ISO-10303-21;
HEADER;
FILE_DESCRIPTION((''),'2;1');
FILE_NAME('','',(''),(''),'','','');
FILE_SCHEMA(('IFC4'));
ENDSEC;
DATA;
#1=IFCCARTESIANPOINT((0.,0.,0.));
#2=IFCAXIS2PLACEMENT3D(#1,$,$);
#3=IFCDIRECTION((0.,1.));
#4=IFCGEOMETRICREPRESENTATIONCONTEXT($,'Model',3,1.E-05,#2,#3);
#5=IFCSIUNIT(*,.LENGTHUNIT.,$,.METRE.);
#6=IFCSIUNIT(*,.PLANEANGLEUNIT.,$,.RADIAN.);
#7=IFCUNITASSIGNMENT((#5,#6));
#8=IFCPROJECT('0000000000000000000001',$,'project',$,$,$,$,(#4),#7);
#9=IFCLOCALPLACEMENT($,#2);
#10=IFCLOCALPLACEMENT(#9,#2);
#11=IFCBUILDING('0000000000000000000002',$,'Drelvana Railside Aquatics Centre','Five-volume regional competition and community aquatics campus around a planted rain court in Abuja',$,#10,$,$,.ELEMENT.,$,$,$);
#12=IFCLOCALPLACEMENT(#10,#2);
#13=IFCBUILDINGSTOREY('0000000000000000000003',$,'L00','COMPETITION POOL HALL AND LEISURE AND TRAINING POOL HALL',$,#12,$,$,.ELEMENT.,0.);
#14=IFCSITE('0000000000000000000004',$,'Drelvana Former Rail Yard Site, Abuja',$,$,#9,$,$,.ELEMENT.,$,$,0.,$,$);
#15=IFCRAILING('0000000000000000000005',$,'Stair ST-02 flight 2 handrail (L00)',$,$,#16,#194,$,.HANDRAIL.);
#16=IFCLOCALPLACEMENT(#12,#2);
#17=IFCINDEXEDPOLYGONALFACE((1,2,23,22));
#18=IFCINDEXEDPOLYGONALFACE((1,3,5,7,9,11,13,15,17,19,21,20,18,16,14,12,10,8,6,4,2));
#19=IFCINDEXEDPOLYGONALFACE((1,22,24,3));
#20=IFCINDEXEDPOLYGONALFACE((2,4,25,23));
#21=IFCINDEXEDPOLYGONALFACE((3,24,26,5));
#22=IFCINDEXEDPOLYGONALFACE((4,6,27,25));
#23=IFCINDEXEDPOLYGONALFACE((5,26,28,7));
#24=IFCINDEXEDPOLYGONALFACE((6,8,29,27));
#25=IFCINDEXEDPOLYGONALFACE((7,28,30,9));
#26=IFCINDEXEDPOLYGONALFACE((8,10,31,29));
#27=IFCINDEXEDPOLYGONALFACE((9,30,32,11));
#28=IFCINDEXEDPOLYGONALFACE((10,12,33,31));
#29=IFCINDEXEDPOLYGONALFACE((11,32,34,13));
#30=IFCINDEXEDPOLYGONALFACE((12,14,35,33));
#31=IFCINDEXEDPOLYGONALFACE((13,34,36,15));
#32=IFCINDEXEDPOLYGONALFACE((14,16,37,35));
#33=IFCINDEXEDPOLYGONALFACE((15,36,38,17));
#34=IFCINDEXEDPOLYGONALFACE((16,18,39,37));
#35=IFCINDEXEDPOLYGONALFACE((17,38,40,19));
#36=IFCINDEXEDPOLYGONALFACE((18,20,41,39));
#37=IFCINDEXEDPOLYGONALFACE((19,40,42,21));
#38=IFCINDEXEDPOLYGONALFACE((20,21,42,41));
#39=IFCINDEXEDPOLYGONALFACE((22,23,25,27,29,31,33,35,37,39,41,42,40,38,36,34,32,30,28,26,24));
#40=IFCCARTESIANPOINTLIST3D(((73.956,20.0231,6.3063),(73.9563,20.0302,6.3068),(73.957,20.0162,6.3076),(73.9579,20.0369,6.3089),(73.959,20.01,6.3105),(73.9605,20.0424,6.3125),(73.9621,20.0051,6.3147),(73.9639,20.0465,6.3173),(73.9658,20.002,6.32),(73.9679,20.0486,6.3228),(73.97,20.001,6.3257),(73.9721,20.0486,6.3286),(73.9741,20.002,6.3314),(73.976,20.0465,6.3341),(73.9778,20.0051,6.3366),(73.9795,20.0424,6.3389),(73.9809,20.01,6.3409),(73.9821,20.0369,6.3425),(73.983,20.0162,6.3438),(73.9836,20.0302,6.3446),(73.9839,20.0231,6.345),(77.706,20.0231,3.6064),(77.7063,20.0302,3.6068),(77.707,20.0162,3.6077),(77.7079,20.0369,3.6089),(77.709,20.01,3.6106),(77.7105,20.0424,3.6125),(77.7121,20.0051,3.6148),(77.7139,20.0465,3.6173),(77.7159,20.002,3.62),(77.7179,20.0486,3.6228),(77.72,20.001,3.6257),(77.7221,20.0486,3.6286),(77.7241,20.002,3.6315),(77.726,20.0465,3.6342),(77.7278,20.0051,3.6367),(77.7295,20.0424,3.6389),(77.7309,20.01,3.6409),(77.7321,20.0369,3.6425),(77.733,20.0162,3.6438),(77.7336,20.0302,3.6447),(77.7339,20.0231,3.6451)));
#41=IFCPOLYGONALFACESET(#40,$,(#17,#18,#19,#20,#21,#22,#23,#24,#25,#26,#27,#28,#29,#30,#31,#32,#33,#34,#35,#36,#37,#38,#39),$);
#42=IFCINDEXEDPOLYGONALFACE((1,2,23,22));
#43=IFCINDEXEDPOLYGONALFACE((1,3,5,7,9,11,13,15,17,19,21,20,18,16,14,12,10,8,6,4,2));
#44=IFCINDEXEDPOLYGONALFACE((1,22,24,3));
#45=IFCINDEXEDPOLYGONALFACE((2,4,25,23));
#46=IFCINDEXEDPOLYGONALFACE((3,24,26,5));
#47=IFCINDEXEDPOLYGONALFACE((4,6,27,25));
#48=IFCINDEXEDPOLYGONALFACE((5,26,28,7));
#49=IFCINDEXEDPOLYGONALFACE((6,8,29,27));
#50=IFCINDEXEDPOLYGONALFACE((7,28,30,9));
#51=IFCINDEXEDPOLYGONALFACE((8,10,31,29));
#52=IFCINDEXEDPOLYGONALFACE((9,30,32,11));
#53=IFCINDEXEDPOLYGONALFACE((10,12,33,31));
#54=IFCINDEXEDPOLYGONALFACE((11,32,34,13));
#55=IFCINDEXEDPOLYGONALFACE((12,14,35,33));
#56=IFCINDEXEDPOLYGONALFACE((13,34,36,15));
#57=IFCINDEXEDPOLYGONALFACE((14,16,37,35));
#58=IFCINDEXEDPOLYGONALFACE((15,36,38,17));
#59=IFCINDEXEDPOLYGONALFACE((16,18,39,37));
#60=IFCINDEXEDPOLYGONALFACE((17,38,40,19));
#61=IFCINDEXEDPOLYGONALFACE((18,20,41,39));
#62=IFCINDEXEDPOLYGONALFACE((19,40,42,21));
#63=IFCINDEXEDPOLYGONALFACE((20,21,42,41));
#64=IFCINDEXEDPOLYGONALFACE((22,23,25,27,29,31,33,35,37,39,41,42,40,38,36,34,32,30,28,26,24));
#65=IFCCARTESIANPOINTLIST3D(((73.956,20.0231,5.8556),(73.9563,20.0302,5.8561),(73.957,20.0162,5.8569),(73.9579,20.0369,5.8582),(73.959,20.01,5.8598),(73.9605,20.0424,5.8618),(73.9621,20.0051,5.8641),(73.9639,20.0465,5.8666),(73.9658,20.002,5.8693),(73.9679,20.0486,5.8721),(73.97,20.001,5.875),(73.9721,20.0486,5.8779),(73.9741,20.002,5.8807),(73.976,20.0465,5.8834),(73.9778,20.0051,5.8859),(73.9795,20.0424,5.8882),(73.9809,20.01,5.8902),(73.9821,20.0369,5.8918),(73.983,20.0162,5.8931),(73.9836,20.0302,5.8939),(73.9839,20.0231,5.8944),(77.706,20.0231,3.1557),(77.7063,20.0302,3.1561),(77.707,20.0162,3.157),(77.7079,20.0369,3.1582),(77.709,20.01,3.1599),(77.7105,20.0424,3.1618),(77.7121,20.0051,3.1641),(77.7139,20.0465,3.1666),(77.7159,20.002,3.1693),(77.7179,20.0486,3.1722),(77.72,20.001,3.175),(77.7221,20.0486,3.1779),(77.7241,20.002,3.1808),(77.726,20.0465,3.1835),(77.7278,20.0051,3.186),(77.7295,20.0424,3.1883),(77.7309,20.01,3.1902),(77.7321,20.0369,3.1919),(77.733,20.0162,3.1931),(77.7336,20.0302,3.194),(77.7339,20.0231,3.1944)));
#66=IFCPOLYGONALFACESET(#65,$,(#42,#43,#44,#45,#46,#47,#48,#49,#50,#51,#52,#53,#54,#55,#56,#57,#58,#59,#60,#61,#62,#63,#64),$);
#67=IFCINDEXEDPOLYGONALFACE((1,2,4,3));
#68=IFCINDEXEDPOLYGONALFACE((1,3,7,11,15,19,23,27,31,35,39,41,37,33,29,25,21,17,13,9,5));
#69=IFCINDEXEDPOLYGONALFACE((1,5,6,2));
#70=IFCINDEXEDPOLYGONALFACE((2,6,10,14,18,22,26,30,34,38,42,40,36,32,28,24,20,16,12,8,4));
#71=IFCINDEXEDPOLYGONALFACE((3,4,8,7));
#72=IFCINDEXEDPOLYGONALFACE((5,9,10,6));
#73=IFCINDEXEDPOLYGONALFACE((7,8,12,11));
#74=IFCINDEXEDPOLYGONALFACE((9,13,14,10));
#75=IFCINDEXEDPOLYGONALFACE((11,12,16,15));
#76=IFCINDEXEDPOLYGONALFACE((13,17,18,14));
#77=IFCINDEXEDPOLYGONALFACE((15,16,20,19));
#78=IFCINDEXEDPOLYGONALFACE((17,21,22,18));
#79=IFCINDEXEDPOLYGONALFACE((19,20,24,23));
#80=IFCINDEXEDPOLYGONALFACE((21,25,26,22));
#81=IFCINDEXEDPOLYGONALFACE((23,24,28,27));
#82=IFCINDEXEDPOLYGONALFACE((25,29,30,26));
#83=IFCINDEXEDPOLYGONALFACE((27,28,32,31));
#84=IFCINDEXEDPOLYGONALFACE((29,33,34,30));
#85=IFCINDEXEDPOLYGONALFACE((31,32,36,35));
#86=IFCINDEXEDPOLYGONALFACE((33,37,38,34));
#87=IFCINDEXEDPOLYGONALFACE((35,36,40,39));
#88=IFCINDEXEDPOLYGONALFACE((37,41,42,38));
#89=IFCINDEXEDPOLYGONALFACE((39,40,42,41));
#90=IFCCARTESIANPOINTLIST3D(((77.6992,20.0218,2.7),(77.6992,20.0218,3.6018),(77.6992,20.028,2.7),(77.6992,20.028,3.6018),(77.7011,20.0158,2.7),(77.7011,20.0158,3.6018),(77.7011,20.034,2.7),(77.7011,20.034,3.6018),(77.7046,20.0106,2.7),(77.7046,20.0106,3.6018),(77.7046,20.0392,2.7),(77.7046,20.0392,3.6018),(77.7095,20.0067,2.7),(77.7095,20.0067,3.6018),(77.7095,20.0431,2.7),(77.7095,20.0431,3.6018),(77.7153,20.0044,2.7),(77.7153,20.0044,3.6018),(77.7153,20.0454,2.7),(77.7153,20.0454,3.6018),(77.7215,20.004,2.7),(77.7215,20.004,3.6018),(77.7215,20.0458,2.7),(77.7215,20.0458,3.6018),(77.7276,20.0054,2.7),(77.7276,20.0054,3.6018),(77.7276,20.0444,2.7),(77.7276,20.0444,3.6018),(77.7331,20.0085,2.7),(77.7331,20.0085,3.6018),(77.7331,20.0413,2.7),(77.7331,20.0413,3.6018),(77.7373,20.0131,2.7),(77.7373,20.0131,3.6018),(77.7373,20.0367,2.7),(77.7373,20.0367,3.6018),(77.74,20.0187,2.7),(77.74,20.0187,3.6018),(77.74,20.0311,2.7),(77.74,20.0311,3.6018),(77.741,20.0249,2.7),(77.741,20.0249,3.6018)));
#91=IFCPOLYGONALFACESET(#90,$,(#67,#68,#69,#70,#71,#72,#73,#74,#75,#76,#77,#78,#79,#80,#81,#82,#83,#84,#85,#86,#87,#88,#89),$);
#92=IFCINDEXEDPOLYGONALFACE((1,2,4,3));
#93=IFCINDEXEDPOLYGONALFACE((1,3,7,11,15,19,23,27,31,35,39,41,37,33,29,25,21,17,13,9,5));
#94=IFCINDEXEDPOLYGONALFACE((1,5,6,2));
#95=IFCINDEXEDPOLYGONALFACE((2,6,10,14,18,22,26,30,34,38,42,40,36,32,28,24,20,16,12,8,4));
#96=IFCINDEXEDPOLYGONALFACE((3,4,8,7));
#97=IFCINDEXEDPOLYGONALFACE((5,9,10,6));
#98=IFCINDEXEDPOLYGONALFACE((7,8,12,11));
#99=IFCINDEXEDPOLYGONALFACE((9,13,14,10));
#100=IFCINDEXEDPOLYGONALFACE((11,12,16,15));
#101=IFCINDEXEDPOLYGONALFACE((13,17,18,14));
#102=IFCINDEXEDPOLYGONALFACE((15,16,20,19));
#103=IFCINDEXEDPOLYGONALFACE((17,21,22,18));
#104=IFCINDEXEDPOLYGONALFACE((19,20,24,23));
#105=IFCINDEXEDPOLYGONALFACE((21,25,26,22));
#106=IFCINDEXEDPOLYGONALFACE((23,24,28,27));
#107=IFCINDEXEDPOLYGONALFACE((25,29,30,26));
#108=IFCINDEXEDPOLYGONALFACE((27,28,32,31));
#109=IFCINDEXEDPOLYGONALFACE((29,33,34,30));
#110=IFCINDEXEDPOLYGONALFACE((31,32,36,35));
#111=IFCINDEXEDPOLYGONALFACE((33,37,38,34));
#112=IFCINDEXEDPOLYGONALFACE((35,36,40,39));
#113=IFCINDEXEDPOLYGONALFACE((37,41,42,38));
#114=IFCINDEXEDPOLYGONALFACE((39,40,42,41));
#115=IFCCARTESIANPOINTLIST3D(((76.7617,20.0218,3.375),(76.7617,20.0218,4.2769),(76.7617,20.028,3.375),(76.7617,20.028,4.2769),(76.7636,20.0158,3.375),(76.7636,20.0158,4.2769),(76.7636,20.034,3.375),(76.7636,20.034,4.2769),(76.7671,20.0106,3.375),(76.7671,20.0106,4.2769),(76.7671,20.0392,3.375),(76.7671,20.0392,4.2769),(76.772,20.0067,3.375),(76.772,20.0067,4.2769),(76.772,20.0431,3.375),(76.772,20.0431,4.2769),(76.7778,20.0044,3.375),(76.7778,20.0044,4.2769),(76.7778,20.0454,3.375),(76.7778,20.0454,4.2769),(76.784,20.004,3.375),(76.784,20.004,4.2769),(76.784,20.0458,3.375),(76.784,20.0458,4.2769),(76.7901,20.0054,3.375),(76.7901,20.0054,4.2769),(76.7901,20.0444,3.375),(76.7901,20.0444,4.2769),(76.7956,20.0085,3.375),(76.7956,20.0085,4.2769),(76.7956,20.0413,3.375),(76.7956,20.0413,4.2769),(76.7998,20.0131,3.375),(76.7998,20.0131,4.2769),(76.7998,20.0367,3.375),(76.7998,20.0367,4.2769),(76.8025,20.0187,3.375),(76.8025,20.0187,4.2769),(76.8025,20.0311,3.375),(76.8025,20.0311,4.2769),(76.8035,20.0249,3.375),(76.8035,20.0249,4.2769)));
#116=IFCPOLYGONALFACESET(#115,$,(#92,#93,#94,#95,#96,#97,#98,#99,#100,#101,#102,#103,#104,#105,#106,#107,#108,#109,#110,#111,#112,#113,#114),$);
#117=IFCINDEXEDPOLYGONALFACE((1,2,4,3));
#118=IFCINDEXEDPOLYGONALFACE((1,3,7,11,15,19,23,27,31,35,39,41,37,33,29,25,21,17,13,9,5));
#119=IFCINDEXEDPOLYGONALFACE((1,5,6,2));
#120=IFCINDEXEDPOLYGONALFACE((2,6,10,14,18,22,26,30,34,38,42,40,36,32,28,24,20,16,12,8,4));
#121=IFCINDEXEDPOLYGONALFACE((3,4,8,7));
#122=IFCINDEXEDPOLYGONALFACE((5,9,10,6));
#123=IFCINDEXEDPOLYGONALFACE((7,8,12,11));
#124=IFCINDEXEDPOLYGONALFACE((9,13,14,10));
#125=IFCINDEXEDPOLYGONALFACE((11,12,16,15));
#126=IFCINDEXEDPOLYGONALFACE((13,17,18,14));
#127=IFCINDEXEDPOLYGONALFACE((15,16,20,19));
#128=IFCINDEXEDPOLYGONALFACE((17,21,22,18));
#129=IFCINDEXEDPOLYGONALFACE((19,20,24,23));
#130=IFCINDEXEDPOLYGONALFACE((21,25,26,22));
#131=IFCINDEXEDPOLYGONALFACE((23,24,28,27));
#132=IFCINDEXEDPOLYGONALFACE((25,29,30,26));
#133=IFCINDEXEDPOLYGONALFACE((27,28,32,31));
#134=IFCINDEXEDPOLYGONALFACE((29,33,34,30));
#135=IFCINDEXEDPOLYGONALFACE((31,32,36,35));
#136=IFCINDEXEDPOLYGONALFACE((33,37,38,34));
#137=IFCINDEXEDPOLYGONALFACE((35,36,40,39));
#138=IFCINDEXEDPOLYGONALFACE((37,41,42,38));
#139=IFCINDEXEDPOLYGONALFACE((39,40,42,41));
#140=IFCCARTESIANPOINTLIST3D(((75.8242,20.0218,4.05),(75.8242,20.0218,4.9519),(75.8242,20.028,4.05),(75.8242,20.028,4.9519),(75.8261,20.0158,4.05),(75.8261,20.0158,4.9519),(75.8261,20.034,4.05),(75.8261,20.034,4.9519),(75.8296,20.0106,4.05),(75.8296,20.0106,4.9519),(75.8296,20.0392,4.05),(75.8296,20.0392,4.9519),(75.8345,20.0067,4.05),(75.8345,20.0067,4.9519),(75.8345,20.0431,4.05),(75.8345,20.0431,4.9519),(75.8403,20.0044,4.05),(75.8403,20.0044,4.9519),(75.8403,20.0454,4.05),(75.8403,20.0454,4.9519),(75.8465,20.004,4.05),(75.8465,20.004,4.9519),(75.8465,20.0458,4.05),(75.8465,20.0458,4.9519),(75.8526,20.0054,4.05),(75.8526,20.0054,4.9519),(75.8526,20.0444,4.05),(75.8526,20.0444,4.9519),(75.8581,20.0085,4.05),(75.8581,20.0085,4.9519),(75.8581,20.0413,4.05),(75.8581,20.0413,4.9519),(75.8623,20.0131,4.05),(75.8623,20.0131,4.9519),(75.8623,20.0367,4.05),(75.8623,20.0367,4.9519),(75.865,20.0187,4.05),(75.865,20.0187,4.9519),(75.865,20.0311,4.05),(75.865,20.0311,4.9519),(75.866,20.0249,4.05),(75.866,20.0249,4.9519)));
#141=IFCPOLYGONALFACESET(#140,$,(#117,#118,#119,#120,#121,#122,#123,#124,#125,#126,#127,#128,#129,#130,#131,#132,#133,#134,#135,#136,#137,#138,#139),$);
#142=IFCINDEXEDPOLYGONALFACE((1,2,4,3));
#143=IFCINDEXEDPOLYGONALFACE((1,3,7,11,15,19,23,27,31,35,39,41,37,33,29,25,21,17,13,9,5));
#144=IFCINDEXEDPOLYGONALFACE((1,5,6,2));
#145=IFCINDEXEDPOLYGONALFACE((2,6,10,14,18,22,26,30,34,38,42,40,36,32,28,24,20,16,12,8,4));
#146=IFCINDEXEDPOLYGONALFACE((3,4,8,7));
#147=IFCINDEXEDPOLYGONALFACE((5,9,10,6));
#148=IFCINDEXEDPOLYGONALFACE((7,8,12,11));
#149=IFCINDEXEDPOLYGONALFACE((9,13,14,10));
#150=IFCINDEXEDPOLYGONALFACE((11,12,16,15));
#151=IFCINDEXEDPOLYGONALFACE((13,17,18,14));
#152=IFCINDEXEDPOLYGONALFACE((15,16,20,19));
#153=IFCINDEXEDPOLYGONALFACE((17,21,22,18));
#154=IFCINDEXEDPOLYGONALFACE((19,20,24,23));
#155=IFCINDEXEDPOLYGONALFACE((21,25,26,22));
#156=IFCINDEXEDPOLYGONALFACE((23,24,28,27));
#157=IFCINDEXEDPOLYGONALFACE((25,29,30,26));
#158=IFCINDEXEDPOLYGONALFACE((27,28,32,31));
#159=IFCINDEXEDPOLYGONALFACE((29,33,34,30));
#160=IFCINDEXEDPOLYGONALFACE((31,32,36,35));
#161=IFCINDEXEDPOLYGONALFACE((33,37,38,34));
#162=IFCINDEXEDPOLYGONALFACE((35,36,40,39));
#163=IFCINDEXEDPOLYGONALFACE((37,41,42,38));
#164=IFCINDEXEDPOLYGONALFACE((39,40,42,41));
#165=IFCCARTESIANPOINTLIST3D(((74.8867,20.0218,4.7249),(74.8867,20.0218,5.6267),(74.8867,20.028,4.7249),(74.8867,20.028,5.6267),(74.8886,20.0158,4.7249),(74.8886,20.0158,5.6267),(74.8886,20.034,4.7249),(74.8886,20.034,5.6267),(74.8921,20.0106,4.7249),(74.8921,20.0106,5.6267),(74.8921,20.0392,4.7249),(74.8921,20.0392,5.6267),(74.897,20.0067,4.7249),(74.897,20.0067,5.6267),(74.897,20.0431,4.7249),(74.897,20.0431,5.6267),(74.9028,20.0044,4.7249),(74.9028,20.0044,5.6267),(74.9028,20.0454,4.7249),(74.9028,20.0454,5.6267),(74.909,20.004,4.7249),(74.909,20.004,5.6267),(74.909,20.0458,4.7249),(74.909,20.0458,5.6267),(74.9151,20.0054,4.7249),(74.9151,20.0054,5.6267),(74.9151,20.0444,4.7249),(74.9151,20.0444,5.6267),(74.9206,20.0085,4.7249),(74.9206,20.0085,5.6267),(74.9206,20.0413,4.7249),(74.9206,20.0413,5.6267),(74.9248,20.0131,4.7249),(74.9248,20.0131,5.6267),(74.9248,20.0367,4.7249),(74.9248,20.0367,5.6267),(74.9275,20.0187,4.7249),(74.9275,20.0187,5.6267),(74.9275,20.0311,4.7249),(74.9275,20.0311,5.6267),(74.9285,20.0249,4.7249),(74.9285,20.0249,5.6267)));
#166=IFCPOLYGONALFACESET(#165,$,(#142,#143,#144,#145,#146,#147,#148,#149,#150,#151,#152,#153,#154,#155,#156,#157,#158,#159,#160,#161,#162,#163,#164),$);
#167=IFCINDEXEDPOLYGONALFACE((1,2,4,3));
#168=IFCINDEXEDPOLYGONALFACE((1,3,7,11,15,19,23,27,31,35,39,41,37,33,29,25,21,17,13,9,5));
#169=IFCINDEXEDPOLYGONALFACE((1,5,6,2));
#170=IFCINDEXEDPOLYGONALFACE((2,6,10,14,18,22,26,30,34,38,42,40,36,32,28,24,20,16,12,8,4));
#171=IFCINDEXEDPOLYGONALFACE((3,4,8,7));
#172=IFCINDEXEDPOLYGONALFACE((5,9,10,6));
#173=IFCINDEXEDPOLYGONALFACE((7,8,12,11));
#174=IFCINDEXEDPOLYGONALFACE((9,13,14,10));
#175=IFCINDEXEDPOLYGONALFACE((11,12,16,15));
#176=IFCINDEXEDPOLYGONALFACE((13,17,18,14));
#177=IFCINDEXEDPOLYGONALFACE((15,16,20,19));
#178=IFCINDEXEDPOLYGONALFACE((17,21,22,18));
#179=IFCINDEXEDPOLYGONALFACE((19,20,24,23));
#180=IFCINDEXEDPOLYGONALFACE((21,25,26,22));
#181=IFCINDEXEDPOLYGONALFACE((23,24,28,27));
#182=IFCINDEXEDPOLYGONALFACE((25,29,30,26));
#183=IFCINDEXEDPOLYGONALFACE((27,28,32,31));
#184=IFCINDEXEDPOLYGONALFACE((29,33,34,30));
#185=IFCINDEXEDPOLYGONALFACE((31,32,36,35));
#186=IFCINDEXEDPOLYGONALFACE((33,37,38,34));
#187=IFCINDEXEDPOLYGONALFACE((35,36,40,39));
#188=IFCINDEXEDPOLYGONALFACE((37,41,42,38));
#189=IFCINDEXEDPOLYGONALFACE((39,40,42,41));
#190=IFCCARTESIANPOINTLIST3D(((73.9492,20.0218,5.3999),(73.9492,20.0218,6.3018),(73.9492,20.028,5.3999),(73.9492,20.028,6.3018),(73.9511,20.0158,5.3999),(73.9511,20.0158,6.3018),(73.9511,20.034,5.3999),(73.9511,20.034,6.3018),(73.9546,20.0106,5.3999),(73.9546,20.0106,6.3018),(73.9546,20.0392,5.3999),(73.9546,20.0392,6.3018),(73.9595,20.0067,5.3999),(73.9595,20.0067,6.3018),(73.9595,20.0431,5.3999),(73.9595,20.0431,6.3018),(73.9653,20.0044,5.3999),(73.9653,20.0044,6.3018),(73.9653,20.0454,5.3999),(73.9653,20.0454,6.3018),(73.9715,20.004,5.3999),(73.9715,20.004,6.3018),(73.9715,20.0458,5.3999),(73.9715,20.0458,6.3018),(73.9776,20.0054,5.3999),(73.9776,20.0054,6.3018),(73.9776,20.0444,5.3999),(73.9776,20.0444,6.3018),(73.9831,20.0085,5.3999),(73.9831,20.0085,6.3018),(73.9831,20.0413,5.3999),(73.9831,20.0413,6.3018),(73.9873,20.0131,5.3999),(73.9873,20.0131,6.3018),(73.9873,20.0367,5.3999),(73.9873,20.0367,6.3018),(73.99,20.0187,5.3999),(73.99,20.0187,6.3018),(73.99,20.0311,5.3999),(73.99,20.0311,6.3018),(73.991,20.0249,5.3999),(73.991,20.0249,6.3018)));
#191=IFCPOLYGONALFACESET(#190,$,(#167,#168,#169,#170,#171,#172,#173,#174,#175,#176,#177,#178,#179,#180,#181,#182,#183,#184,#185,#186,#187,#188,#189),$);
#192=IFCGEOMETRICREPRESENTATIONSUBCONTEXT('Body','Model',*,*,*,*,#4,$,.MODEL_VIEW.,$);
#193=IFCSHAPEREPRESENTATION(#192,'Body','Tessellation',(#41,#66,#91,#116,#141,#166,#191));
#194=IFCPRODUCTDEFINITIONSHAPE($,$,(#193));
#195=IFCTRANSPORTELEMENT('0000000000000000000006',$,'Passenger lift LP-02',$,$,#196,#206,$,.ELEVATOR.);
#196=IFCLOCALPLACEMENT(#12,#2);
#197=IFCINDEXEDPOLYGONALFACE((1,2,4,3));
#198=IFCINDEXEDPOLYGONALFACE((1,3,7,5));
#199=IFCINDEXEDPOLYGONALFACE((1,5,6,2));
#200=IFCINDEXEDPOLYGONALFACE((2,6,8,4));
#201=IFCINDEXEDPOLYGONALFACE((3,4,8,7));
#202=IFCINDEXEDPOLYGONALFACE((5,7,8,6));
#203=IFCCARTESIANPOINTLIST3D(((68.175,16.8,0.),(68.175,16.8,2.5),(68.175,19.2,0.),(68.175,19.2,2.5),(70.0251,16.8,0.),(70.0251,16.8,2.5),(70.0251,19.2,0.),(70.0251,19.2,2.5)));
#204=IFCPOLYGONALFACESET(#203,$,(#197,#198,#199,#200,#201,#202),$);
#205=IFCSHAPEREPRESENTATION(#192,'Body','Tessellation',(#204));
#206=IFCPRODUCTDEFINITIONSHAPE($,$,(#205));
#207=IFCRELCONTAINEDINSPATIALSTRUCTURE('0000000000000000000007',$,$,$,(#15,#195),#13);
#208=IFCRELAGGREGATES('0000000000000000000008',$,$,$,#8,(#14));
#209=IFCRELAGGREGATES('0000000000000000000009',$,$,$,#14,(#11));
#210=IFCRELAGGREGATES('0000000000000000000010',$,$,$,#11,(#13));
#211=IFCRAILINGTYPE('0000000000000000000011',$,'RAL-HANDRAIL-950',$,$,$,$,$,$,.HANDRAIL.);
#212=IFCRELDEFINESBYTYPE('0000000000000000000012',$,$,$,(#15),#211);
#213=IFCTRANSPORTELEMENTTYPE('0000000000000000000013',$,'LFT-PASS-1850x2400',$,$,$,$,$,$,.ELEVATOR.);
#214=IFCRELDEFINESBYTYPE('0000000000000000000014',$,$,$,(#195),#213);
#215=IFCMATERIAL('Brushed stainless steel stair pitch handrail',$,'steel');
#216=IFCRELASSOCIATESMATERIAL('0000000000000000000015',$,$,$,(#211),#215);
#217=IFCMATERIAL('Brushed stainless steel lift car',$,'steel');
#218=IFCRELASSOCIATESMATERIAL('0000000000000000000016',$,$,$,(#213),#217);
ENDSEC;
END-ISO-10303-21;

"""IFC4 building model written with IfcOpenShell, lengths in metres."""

from ifc_helpers import new_model, si_unit, direction, frame, origin, origin_2d, place, context, subcontext, project, spatial, rectangle, circle, extrude, material, type_object, element, save


model = new_model("IFC4")

# Units and contexts
model_context = context("Model", 3, precision=1e-05, world=origin(), true_north=direction((0.0, 1.0)))
body_context = subcontext(model_context, "Body", "Model", "MODEL_VIEW")
ifc_project = project(units=[si_unit("LENGTHUNIT", "METRE"), si_unit("PLANEANGLEUNIT", "RADIAN")], contexts=[model_context])

# Site, building, storey
site_placement = place(None, origin())
site = spatial("IfcSite", under=ifc_project, at=site_placement, Name="Drelvana Former Rail Yard Site, Abuja", CompositionType="ELEMENT", RefElevation=0.0)
building_placement = place(site_placement, origin())
building = spatial("IfcBuilding", under=site, at=building_placement, Name="Drelvana Railside Aquatics Centre", Description="Five-volume regional competition and community aquatics campus around a planted rain court in Abuja", CompositionType="ELEMENT")
storey_placement = place(building_placement, origin())
storey = spatial("IfcBuildingStorey", under=building, at=storey_placement, Name="L00", Description="COMPETITION POOL HALL AND LEISURE AND TRAINING POOL HALL", CompositionType="ELEMENT", Elevation=0.0)

# Railing
ifc_material_1 = material(Name="Brushed stainless steel stair pitch handrail", Category="steel")
railing_type = type_object("IfcRailingType", Name="RAL-HANDRAIL-950", PredefinedType="HANDRAIL", material=ifc_material_1)
railing_1_placement = place(storey_placement, frame((77.72, 20.0249, 2.7)))
element("IfcRailing", 1, at=railing_1_placement, inside=storey, type_object=railing_type, Name="Stair ST-02 flight 2 handrail (L00)", PredefinedType="HANDRAIL", context=body_context, shape_type="SweptSolid", body=[
    extrude(circle(Radius=0.0239, at=origin_2d()), frame((0.0, 0.0, 0.9258), z_axis=(-0.811539, 0.0, 0.584298), x_axis=(0.0, -1.0, 0.0)), (0.0, 0.0, 1.0), 4.6208),
    extrude(circle(Radius=0.0239, at=origin_2d()), frame((0.0, 0.0, 0.4751), z_axis=(-0.811539, 0.0, 0.584298), x_axis=(0.0, -1.0, 0.0)), (0.0, 0.0, 1.0), 4.6208),
    extrude(circle(Radius=0.021, at=origin_2d()), origin(), (0.0, 0.0, 1.0), 0.9019),
    extrude(circle(Radius=0.021, at=origin_2d()), frame((-0.9375, 0.0, 0.675)), (0.0, 0.0, 1.0), 0.9019),
    extrude(circle(Radius=0.021, at=origin_2d()), frame((-1.875, 0.0, 1.3501)), (0.0, 0.0, 1.0), 0.9019),
    extrude(circle(Radius=0.021, at=origin_2d()), frame((-2.8125, 0.0, 2.0249)), (0.0, 0.0, 1.0), 0.9019),
    extrude(circle(Radius=0.021, at=origin_2d()), frame((-3.75, 0.0, 2.7)), (0.0, 0.0, 1.0), 0.9019),
])

# Transport element
ifc_material_2 = material(Name="Brushed stainless steel lift car", Category="steel")
transport_element_type = type_object("IfcTransportElementType", Name="LFT-PASS-1850x2400", PredefinedType="ELEVATOR", material=ifc_material_2)
transport_element_placement = place(storey_placement, frame((69.1001, 18.0, 0.0), z_axis=(0.0, 0.0, 1.0), x_axis=(1.0, 0.0, 0.0)))
element("IfcTransportElement", 2, at=transport_element_placement, inside=storey, type_object=transport_element_type, Name="Passenger lift LP-02", PredefinedType="ELEVATOR", context=body_context, shape_type="SweptSolid", body=[
    extrude(rectangle(XDim=1.8501, YDim=2.3999, at=origin_2d()), origin(), (0.0, 0.0, 1.0), 2.5),
])

save(model, "model.ifc")
